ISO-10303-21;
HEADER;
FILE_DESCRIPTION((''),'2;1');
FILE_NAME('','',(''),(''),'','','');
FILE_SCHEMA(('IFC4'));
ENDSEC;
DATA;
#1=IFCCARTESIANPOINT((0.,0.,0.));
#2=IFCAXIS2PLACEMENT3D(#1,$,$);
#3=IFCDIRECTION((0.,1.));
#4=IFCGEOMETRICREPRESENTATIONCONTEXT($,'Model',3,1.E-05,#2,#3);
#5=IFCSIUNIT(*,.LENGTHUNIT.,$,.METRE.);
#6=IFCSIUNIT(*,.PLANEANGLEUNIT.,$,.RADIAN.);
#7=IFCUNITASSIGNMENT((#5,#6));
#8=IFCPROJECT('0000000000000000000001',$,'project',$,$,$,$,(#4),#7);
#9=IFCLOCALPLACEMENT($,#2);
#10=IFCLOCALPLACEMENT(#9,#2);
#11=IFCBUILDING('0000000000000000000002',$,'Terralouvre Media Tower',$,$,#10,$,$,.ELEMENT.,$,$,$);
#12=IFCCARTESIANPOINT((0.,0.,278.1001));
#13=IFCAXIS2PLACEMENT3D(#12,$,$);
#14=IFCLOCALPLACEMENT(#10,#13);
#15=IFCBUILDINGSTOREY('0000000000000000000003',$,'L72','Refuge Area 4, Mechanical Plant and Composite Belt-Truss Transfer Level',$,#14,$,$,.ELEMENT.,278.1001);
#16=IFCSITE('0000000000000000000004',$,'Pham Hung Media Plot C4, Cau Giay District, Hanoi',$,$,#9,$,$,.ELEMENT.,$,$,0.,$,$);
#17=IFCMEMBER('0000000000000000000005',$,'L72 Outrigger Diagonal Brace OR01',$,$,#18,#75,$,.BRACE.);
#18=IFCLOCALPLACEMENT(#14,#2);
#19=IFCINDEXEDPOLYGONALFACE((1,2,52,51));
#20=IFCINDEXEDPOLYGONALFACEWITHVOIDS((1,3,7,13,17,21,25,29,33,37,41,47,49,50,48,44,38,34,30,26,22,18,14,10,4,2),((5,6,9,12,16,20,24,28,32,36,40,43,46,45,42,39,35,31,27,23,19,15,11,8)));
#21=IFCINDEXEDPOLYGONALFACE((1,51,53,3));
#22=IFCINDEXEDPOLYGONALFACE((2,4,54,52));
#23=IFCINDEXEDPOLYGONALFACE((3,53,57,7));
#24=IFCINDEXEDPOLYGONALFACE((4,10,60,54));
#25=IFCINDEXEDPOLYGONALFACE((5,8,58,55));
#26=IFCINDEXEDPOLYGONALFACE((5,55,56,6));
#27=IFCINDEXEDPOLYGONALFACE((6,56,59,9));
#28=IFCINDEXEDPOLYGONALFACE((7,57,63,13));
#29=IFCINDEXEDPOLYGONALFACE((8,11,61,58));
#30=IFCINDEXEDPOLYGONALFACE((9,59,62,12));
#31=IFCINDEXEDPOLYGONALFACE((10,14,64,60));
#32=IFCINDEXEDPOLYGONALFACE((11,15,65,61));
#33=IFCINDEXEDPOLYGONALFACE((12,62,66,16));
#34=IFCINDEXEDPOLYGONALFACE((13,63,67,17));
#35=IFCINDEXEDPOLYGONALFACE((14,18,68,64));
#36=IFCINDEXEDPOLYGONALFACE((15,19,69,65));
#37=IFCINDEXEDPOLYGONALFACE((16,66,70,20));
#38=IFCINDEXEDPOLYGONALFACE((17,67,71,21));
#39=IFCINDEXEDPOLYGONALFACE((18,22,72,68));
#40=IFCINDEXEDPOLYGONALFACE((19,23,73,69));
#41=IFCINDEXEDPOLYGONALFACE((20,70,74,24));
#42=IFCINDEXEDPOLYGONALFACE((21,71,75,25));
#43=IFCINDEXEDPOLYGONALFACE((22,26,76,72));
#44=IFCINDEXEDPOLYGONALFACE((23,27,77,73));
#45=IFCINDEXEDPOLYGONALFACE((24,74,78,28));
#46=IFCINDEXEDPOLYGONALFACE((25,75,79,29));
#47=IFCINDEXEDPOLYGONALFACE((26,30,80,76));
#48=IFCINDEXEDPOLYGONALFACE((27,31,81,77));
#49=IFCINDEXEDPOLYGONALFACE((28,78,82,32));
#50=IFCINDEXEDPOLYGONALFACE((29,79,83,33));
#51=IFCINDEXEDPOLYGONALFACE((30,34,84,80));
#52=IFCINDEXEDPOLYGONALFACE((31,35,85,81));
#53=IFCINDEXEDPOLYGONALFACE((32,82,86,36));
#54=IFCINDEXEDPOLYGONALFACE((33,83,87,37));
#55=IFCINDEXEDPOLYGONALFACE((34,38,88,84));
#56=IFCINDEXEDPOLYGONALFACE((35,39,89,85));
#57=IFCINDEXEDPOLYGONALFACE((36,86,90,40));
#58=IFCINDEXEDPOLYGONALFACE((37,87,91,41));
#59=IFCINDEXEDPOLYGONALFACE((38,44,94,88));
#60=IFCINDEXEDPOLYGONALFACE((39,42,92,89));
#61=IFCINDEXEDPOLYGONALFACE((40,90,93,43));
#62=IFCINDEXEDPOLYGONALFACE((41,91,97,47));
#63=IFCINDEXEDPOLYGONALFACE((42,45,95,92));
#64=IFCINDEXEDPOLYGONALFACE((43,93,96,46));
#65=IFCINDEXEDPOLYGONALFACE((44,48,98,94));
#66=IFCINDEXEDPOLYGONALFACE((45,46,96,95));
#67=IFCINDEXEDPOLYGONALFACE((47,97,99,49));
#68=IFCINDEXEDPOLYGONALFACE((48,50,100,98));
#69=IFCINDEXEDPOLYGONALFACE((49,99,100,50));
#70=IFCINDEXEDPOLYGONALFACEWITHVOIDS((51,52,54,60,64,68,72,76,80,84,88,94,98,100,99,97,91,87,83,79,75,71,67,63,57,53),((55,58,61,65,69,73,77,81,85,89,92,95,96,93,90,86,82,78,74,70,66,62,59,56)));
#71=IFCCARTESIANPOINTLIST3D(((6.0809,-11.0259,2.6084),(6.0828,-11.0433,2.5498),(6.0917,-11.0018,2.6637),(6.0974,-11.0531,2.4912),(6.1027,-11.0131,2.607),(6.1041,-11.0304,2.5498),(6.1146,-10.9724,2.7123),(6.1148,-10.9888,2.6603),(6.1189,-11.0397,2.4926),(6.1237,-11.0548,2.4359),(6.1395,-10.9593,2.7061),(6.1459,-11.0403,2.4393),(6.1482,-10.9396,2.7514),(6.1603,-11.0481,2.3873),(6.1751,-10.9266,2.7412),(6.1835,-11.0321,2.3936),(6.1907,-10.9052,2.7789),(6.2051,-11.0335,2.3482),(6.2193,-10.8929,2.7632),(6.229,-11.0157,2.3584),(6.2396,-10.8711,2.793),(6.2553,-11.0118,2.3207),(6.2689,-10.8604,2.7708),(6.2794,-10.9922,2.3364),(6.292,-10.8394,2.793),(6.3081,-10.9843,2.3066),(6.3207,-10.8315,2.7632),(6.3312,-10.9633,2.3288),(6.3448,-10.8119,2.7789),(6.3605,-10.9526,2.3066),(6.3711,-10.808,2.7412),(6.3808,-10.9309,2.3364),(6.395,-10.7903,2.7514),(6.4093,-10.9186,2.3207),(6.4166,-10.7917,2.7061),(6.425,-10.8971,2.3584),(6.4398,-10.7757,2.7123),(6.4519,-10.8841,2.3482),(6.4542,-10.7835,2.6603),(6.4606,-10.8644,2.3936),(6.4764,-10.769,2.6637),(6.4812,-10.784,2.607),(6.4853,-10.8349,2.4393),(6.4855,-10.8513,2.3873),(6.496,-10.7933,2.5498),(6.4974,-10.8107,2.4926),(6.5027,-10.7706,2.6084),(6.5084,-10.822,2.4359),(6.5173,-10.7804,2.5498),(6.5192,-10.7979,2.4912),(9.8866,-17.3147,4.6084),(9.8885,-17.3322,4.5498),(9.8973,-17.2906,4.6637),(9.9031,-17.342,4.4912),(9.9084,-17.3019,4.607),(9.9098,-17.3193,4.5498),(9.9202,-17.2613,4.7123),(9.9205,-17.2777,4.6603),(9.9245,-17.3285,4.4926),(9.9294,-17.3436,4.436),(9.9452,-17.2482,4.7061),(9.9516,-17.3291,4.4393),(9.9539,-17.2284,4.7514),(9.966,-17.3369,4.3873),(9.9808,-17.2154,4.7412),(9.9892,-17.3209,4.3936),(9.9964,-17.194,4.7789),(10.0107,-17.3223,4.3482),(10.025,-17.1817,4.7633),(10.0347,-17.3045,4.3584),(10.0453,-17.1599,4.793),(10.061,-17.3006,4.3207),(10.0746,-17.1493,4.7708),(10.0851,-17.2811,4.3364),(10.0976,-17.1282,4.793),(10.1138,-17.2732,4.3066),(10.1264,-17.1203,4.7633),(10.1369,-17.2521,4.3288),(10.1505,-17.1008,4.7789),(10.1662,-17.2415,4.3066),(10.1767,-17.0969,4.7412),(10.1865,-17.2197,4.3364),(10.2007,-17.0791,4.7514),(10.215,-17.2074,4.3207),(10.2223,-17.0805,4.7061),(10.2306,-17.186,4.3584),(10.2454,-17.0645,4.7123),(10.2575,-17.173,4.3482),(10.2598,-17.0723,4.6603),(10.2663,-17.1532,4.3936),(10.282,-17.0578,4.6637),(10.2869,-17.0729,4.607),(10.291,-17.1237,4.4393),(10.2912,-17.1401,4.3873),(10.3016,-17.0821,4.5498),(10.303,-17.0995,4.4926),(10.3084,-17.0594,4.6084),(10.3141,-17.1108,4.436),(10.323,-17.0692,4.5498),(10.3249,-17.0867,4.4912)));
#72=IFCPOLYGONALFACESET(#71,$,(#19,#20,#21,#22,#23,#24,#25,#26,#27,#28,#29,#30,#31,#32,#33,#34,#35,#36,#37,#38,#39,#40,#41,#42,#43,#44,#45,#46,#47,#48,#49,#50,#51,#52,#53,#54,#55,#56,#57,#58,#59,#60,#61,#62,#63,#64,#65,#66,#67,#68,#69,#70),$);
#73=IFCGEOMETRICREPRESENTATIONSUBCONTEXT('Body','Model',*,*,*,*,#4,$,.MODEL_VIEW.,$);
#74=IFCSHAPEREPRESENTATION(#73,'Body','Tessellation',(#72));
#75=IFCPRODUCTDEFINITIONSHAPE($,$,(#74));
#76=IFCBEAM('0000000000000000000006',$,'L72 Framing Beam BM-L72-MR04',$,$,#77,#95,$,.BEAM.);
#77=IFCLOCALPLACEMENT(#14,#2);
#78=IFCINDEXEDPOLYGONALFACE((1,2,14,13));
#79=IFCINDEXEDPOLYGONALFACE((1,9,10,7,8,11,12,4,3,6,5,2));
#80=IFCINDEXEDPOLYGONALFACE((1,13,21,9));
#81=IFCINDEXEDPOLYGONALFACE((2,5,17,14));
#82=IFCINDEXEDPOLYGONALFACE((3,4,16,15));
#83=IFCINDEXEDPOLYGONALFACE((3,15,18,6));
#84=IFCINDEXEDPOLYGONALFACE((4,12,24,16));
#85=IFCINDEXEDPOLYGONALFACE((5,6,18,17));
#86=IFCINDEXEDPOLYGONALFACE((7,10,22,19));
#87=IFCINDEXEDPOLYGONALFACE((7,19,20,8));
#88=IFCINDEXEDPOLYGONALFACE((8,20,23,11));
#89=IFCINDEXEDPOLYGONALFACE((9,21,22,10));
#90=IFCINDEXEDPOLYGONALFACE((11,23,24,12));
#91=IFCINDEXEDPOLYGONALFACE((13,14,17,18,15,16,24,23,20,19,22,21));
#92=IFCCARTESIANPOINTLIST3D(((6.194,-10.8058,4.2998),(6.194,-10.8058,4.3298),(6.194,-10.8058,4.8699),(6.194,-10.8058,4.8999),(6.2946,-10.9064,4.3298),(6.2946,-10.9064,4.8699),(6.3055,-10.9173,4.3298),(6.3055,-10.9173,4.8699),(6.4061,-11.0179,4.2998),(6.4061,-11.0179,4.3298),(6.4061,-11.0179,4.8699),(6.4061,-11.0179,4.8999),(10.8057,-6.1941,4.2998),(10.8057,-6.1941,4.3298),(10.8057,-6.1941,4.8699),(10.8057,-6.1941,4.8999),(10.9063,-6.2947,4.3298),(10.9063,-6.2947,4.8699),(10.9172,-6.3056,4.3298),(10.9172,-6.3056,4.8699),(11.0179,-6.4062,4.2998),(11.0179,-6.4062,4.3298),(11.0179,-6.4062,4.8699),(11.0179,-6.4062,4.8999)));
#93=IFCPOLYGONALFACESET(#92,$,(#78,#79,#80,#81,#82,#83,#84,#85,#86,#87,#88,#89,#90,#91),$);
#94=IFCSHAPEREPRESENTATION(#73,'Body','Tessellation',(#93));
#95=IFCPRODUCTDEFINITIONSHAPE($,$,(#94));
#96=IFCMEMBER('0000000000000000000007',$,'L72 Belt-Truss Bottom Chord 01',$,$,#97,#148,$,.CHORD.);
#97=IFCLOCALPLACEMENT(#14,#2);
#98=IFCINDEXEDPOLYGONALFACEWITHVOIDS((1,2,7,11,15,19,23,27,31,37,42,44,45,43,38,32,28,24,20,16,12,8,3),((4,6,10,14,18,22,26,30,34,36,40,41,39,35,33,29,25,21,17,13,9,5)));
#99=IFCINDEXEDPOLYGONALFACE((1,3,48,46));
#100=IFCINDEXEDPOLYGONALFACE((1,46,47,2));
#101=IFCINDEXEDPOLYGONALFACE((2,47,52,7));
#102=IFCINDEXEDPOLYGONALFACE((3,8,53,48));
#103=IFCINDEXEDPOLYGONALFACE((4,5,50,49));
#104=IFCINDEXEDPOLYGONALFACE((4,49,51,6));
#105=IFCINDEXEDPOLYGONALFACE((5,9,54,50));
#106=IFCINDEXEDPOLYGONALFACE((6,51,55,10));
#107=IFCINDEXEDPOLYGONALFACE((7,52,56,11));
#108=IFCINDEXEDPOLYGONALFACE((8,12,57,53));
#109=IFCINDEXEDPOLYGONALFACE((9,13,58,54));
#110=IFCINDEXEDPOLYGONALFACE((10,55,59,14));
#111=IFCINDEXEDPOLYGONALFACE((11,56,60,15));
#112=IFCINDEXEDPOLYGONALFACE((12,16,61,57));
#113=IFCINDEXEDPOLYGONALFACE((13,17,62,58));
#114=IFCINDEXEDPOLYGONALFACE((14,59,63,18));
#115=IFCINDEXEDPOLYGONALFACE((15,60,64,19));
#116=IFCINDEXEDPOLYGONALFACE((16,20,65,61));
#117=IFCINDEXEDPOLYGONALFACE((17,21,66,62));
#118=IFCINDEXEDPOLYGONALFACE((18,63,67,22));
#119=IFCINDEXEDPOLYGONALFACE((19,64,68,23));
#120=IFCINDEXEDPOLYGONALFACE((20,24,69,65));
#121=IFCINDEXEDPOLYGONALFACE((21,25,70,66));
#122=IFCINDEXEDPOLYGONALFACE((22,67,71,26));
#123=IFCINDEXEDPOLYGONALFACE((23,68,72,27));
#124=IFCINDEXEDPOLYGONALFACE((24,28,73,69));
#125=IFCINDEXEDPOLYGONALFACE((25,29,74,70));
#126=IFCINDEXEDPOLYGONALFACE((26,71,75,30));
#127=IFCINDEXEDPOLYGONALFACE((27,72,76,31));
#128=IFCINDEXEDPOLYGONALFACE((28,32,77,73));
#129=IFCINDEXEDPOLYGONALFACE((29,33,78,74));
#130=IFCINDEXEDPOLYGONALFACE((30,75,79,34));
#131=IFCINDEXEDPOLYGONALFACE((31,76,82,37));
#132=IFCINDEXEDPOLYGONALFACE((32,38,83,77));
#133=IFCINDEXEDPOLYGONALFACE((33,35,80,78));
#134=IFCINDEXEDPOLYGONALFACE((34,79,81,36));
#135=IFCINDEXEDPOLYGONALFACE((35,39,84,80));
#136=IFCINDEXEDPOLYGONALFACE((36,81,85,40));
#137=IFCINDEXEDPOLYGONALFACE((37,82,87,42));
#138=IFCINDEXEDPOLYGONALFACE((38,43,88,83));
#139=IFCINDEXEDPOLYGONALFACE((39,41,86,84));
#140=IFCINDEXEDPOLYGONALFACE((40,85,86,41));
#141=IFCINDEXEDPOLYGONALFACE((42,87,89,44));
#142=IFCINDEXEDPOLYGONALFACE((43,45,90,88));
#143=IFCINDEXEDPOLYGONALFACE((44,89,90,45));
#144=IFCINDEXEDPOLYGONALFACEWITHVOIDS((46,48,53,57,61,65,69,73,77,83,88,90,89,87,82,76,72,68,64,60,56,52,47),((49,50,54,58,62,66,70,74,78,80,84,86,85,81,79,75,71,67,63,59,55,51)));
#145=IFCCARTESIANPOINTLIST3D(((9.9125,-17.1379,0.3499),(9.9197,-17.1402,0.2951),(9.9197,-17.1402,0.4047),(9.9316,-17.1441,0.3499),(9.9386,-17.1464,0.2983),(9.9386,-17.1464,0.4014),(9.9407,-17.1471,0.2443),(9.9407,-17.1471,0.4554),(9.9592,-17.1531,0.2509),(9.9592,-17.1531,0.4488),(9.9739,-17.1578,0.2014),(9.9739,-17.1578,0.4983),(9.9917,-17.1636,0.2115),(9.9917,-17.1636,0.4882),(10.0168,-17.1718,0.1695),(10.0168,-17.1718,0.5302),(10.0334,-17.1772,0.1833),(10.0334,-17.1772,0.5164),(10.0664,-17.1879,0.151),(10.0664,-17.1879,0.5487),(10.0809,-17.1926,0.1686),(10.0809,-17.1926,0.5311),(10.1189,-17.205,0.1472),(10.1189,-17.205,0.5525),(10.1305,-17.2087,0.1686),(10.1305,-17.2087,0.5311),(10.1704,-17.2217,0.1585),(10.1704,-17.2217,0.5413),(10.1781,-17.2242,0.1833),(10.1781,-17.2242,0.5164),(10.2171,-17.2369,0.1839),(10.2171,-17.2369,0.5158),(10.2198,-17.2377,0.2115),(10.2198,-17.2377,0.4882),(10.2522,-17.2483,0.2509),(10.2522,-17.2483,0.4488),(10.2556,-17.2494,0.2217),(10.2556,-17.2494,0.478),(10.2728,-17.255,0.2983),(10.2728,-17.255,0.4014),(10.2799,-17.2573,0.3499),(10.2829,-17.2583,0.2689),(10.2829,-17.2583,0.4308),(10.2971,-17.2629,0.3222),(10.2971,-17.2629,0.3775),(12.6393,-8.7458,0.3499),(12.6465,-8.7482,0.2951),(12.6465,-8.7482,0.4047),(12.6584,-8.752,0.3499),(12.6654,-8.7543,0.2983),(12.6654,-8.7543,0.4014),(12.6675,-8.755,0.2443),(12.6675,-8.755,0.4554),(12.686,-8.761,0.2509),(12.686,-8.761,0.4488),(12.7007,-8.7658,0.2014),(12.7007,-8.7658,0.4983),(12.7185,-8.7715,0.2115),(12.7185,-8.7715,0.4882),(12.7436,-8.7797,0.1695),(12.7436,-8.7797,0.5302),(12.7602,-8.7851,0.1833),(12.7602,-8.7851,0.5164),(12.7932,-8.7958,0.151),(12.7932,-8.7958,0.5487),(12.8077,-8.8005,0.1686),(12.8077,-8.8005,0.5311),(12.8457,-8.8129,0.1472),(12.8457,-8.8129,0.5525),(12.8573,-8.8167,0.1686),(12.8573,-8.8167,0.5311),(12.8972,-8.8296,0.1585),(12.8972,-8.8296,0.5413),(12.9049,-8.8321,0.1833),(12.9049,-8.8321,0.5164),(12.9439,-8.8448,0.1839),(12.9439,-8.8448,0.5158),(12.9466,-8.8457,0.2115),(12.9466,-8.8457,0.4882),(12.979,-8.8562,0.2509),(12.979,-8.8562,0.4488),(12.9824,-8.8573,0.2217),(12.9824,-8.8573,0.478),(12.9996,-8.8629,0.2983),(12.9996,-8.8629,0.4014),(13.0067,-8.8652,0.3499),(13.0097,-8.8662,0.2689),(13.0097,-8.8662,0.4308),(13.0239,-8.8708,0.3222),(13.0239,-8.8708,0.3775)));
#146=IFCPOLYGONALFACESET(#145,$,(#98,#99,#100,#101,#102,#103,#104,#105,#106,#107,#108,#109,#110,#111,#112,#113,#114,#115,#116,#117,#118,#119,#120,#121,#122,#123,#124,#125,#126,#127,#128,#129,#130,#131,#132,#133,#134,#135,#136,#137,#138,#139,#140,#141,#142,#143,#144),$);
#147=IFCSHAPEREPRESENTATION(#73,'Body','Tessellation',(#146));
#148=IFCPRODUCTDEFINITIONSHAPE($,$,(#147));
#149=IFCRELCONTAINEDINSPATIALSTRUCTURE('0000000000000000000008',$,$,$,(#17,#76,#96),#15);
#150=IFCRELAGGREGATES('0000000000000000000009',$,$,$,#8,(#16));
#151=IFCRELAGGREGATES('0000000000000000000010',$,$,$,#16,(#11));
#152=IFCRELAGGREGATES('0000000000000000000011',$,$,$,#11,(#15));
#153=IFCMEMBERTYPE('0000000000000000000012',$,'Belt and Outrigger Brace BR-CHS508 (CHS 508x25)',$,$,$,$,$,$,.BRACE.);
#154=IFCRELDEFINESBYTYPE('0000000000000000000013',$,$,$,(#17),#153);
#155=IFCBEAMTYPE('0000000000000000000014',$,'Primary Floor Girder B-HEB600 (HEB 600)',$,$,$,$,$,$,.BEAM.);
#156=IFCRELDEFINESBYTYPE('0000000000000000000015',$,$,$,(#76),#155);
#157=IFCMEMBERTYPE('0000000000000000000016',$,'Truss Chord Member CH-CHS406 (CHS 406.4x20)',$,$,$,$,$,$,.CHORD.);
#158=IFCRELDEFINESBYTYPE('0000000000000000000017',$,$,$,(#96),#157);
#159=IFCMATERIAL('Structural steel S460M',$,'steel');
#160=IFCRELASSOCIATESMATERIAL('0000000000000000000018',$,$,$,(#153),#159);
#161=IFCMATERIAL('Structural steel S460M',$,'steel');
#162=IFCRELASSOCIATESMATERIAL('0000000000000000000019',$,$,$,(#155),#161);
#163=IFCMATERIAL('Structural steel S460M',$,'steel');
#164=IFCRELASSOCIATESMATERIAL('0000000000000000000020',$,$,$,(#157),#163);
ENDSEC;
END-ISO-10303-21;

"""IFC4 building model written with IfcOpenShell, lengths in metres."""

from ifc_helpers import new_model, si_unit, direction, frame, origin, origin_2d, place, context, subcontext, project, spatial, hollow_circle, i_section, extrude, material, material_profile, profile_set, type_object, element, save


model = new_model("IFC4")

# Units and contexts
model_context = context("Model", 3, precision=1e-05, world=origin(), true_north=direction((0.0, 1.0)))
body_context = subcontext(model_context, "Body", "Model", "MODEL_VIEW")
ifc_project = project(units=[si_unit("LENGTHUNIT", "METRE"), si_unit("PLANEANGLEUNIT", "RADIAN")], contexts=[model_context])

# Site, building, storey
site_placement = place(None, origin())
site = spatial("IfcSite", under=ifc_project, at=site_placement, Name="Pham Hung Media Plot C4, Cau Giay District, Hanoi", CompositionType="ELEMENT", RefElevation=0.0)
building_placement = place(site_placement, origin())
building = spatial("IfcBuilding", under=site, at=building_placement, Name="Terralouvre Media Tower", CompositionType="ELEMENT")
storey_placement = place(building_placement, frame((0.0, 0.0, 278.1001)))
storey = spatial("IfcBuildingStorey", under=building, at=storey_placement, Name="L72", Description="Refuge Area 4, Mechanical Plant and Composite Belt-Truss Transfer Level", CompositionType="ELEMENT", Elevation=278.1001)

# Member
ifc_material_1 = material(Name="Structural steel S460M", Category="steel")
ifc_material_profile_1 = material_profile(ifc_material_1, hollow_circle(Radius=0.2539, WallThickness=0.0249, at=origin_2d()), Name="CHS 508x25")
ifc_profile_set_1 = profile_set([ifc_material_profile_1], Name="Structural steel S460M")
member_type_1 = type_object("IfcMemberType", Name="Belt and Outrigger Brace BR-CHS508 (CHS 508x25)", PredefinedType="BRACE", material=ifc_profile_set_1)
member_placement = place(storey_placement, frame((6.3, -10.9119, 2.5498), z_axis=(0.499569, -0.825532, 0.26254), x_axis=(0.855544, 0.51773, 0.0)))
element("IfcMember", 1, at=member_placement, inside=storey, type_object=member_type_1, Name="L72 Outrigger Diagonal Brace OR01", PredefinedType="BRACE", context=body_context, shape_type="SweptSolid", body=[
    extrude(hollow_circle(Radius=0.2539, WallThickness=0.0249, at=origin_2d()), origin(), (0.0, 0.0, 1.0), 7.6179),
])

# Beam
ifc_material_2 = material(Name="Structural steel S460M", Category="steel")
ifc_material_profile_2 = material_profile(ifc_material_2, i_section(OverallWidth=0.3, OverallDepth=0.6001, WebThickness=0.0154, FlangeThickness=0.03, at=origin_2d()), Name="HEB 600")
ifc_profile_set_2 = profile_set([ifc_material_profile_2], Name="Structural steel S460M")
beam_type_1 = type_object("IfcBeamType", Name="Primary Floor Girder B-HEB600 (HEB 600)", PredefinedType="BEAM", material=ifc_profile_set_2)
beam_1_placement = place(storey_placement, frame((6.3, -10.9119, 4.5999), z_axis=(0.707107, 0.707107, 0.0), x_axis=(-0.707107, 0.707107, 0.0)))
element("IfcBeam", 2, at=beam_1_placement, inside=storey, type_object=beam_type_1, Name="L72 Framing Beam BM-L72-MR04", PredefinedType="BEAM", context=body_context, shape_type="SweptSolid", body=[
    extrude(i_section(OverallWidth=0.3, OverallDepth=0.6001, WebThickness=0.0154, FlangeThickness=0.03, at=origin_2d()), origin(), (0.0, 0.0, 1.0), 6.522),
])

# Member
ifc_material_3 = material(Name="Structural steel S460M", Category="steel")
ifc_material_profile_3 = material_profile(ifc_material_3, hollow_circle(Radius=0.2031, WallThickness=0.02, at=origin_2d()), Name="CHS 406.4x20")
ifc_profile_set_3 = profile_set([ifc_material_profile_3], Name="Structural steel S460M")
member_type_2 = type_object("IfcMemberType", Name="Truss Chord Member CH-CHS406 (CHS 406.4x20)", PredefinedType="CHORD", material=ifc_profile_set_3)
for number, where, z_axis, x_axis, name in (
    (3, (10.1057, -17.2007, 0.3499), (0.309022, 0.951055, 0.0), (-0.951055, 0.309022, 0.0), "L72 Belt-Truss Bottom Chord 01"),
):
    element("IfcMember", number, at=place(storey_placement, frame(where, z_axis=z_axis, x_axis=x_axis)), inside=storey, type_object=member_type_2, Name=name, PredefinedType="CHORD", context=body_context, shape_type="SweptSolid", body=[
        extrude(hollow_circle(Radius=0.2031, WallThickness=0.02, at=origin_2d()), origin(), (0.0, 0.0, 1.0), 8.824),
    ])

save(model, "model.ifc")
